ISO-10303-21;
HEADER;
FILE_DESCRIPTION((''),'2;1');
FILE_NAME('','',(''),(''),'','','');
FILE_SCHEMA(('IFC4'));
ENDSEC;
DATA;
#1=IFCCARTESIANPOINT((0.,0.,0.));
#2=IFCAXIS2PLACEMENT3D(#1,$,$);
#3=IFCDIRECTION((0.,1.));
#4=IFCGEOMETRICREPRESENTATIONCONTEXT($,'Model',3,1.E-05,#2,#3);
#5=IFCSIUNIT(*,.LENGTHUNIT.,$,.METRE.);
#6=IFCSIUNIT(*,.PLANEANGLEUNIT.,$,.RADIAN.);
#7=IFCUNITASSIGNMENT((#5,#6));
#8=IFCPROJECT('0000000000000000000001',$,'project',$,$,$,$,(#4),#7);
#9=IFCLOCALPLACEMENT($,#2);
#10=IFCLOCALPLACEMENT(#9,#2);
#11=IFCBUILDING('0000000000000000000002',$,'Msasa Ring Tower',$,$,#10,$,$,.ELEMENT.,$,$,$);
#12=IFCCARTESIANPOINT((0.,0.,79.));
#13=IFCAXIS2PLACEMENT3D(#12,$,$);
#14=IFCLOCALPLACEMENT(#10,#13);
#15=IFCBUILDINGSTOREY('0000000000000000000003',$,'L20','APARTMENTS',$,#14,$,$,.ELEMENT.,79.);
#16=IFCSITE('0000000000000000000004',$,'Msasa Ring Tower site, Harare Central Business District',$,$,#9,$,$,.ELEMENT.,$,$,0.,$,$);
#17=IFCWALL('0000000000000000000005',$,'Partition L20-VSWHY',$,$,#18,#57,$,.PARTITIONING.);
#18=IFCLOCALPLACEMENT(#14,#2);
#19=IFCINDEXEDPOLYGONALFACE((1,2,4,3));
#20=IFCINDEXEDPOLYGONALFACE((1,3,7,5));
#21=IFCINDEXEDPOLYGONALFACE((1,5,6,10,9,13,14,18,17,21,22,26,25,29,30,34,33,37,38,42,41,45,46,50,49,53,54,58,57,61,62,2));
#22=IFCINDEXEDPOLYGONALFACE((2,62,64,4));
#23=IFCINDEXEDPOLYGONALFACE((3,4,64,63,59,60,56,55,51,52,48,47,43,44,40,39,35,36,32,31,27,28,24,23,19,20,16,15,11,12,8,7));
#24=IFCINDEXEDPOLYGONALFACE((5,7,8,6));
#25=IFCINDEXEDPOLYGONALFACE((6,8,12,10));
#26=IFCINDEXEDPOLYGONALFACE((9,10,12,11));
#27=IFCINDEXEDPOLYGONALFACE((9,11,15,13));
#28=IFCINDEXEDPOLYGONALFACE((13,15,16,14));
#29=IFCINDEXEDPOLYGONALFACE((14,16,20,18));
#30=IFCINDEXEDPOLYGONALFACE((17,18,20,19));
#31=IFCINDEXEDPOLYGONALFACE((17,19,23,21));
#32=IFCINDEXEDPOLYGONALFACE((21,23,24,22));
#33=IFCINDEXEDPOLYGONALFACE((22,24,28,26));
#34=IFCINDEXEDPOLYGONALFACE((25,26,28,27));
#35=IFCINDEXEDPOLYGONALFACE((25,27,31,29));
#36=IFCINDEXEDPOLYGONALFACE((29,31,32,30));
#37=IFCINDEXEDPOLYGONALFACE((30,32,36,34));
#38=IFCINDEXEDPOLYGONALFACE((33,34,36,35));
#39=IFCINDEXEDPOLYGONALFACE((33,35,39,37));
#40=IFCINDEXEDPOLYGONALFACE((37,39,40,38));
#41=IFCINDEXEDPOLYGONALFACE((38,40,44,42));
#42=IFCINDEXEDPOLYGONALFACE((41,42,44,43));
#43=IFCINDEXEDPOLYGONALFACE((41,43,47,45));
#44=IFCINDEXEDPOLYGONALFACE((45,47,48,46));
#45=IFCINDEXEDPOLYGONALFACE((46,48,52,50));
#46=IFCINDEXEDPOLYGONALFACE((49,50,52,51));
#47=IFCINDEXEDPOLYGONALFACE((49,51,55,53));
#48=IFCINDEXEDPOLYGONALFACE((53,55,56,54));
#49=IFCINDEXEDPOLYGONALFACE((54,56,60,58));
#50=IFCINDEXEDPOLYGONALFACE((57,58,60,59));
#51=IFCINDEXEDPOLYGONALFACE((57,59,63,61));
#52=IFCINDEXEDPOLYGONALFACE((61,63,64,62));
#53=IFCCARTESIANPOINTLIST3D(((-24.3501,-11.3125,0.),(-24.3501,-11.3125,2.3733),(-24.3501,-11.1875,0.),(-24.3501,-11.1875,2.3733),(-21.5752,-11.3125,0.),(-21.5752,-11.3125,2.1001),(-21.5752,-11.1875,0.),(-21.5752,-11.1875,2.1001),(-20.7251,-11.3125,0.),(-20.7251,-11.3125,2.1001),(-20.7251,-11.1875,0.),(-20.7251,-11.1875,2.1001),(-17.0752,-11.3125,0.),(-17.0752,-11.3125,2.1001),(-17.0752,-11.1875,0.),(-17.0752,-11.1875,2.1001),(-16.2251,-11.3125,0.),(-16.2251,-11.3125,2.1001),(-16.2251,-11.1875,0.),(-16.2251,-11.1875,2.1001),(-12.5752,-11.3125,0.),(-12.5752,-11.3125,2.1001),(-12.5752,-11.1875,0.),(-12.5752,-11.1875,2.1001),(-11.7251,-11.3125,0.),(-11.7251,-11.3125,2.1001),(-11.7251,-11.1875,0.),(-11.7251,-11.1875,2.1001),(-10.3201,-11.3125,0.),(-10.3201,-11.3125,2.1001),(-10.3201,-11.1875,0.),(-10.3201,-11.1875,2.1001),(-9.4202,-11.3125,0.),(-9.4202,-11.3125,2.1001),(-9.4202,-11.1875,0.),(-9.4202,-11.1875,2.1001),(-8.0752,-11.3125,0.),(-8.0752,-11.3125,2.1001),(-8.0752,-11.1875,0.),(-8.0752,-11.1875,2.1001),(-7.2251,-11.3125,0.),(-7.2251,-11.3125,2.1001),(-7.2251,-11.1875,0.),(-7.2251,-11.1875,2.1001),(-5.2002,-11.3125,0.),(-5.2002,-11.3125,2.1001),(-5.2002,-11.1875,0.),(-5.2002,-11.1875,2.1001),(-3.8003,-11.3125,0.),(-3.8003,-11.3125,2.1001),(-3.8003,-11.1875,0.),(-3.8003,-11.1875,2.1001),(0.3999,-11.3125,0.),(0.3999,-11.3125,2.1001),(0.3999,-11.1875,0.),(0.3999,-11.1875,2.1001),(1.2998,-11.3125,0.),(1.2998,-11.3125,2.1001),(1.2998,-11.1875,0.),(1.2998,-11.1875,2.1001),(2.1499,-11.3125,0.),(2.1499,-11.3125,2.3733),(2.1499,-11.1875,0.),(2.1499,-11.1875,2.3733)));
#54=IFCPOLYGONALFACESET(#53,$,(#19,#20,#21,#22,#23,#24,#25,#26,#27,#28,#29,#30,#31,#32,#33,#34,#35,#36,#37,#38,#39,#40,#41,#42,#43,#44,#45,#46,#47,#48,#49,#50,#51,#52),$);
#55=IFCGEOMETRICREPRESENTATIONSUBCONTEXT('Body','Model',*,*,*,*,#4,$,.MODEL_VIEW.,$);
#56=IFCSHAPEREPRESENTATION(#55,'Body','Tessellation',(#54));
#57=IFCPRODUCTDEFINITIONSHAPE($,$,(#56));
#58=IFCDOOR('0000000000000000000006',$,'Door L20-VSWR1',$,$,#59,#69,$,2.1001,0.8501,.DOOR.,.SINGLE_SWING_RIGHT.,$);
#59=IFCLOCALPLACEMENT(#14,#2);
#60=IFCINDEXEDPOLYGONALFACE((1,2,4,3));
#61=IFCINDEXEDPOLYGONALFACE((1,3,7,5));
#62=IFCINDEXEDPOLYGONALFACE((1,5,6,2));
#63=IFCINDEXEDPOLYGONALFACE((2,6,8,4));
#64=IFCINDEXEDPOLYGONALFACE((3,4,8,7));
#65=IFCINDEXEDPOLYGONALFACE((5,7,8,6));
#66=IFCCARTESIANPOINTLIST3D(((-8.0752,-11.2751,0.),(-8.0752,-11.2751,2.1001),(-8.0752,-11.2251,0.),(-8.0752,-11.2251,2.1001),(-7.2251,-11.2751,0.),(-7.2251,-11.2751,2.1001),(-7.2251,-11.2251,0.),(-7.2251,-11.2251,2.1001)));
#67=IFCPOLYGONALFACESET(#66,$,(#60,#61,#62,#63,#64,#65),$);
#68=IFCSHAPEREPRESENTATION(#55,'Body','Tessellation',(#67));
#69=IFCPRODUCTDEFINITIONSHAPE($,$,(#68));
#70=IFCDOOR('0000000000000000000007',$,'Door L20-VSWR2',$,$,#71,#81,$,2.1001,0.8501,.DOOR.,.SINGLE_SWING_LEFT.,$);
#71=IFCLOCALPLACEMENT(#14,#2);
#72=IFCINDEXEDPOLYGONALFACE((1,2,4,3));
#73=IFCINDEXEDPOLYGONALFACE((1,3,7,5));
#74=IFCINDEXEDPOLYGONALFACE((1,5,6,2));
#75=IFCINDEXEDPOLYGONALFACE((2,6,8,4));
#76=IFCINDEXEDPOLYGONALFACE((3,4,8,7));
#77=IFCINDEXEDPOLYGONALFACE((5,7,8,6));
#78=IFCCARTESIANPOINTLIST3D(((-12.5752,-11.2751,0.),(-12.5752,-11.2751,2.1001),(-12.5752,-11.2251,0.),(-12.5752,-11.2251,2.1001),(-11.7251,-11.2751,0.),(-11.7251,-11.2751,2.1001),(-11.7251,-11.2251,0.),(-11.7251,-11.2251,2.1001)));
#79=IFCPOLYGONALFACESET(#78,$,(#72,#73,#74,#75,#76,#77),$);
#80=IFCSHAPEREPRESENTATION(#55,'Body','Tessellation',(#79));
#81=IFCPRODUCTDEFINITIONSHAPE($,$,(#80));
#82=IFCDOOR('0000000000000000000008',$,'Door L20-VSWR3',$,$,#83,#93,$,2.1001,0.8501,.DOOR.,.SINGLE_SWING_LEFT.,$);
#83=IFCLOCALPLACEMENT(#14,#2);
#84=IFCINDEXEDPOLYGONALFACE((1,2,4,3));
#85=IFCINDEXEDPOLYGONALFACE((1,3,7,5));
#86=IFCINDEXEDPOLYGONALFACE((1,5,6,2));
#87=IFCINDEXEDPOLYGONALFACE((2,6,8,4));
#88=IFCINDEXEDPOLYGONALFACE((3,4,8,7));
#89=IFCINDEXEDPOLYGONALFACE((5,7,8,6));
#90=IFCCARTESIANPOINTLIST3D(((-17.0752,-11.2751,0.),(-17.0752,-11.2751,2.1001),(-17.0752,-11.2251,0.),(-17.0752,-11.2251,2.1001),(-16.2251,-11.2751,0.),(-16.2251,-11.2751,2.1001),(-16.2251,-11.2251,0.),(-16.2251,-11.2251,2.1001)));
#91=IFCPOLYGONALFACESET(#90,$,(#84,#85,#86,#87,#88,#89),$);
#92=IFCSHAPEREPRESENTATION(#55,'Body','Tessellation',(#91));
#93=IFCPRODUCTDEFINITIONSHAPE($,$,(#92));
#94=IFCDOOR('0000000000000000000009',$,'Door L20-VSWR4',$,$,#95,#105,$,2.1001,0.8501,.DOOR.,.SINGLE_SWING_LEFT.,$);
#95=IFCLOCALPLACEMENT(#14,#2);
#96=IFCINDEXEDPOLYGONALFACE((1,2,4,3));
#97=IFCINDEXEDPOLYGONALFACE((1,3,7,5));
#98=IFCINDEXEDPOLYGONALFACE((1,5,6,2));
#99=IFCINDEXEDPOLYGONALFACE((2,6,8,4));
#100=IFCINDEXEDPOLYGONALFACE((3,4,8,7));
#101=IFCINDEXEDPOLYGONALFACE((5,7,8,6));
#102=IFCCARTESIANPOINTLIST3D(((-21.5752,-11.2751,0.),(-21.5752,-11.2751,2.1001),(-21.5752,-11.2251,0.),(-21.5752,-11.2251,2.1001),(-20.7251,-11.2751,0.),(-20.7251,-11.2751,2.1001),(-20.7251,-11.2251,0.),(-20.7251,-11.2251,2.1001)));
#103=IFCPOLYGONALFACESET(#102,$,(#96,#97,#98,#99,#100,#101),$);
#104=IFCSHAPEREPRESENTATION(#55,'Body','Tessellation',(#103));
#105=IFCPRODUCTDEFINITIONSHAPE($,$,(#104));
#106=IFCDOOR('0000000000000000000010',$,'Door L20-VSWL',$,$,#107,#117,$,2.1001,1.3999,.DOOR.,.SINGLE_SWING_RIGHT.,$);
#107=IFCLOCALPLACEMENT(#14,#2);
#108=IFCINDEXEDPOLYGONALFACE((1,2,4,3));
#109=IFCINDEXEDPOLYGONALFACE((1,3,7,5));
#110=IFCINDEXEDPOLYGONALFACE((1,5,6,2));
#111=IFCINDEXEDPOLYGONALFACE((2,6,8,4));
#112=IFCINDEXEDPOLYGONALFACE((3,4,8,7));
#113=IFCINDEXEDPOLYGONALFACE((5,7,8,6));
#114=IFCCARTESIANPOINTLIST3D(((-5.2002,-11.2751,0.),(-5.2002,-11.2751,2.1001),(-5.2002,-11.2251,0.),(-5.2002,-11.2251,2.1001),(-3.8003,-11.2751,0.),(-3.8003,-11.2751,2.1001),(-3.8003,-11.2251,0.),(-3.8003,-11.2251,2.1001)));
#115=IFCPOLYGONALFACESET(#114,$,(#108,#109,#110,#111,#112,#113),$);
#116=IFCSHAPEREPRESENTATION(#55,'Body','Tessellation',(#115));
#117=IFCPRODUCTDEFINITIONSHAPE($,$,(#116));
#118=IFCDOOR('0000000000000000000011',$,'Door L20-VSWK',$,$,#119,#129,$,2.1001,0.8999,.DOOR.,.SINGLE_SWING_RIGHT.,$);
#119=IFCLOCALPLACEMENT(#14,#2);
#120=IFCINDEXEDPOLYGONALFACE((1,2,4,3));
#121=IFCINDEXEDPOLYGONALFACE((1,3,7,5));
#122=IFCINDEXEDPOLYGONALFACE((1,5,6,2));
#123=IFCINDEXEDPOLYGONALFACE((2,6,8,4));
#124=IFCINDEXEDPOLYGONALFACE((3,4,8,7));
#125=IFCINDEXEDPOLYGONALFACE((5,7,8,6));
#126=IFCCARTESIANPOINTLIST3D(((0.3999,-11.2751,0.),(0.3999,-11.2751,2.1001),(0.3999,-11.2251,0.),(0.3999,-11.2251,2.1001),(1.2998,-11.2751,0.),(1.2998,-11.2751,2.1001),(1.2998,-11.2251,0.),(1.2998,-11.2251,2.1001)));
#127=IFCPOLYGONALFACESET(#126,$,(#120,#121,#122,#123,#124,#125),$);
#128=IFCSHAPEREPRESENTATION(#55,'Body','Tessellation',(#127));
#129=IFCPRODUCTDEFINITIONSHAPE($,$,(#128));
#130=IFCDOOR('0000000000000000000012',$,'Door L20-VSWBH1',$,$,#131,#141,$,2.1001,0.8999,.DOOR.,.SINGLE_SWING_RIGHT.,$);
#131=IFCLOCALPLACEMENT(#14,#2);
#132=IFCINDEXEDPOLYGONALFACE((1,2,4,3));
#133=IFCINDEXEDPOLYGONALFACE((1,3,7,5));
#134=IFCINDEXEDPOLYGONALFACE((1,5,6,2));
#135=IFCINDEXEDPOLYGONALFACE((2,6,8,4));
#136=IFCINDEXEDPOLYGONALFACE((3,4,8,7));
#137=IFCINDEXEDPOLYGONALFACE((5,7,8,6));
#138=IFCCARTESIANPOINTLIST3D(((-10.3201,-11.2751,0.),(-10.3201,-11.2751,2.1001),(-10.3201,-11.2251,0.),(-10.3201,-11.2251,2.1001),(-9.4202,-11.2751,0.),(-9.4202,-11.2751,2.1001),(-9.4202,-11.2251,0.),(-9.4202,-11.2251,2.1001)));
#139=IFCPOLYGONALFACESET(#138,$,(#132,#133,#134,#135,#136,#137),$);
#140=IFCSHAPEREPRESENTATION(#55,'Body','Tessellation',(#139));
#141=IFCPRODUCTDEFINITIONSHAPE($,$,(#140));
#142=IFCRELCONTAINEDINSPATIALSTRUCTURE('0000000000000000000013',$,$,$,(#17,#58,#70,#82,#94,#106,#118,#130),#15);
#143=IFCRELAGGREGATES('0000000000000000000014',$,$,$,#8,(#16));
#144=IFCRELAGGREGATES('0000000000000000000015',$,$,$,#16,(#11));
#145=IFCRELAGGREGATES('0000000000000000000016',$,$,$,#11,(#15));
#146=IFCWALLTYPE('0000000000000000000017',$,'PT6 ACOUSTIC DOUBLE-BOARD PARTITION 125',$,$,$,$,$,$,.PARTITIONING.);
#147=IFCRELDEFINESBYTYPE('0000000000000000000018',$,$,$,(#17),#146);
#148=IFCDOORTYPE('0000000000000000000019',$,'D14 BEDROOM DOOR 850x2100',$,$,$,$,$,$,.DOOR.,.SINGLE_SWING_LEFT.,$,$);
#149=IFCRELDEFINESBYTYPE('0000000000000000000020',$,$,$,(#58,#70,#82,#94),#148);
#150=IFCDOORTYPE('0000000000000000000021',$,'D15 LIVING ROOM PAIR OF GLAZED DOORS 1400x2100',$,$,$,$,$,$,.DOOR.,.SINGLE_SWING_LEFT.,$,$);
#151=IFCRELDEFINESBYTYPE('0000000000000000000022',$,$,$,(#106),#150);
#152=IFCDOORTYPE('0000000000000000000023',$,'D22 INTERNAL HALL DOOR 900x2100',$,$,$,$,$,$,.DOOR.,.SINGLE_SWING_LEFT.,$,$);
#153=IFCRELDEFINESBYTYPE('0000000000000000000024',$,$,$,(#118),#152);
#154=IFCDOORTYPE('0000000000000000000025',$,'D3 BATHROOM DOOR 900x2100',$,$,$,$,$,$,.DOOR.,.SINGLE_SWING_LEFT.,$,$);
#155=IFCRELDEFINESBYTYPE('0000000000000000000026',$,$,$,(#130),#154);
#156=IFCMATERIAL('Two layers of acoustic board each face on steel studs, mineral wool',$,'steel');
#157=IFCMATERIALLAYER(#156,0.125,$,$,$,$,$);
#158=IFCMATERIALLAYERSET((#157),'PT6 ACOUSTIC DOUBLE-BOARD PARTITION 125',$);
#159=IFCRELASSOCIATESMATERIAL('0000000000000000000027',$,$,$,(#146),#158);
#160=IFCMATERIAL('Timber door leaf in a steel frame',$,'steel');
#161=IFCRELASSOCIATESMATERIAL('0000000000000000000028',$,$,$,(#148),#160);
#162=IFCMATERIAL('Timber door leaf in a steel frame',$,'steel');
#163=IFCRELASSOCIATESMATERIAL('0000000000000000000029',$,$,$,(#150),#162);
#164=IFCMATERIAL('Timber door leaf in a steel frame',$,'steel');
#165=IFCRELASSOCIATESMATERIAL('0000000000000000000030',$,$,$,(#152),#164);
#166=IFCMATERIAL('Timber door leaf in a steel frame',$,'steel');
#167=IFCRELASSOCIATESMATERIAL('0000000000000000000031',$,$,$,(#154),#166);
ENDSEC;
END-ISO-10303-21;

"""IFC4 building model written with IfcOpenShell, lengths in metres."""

from ifc_helpers import new_model, si_unit, direction, frame, frame_2d, origin, place, context, subcontext, project, spatial, rectangle, extrude, material, layer, layer_set, type_object, element, fill, save


model = new_model("IFC4")

# Units and contexts
model_context = context("Model", 3, precision=1e-05, world=origin(), true_north=direction((0.0, 1.0)))
body_context = subcontext(model_context, "Body", "Model", "MODEL_VIEW")
ifc_project = project(units=[si_unit("LENGTHUNIT", "METRE"), si_unit("PLANEANGLEUNIT", "RADIAN")], contexts=[model_context])

# Site, building, storey
site_placement = place(None, origin())
site = spatial("IfcSite", under=ifc_project, at=site_placement, Name="Msasa Ring Tower site, Harare Central Business District", CompositionType="ELEMENT", RefElevation=0.0)
building_placement = place(site_placement, origin())
building = spatial("IfcBuilding", under=site, at=building_placement, Name="Msasa Ring Tower", CompositionType="ELEMENT")
storey_placement = place(building_placement, frame((0.0, 0.0, 79.0)))
storey = spatial("IfcBuildingStorey", under=building, at=storey_placement, Name="L20", Description="APARTMENTS", CompositionType="ELEMENT", Elevation=79.0)

# Wall, openings, doors
ifc_material_1 = material(Name="Two layers of acoustic board each face on steel studs, mineral wool", Category="steel")
ifc_layer_1 = layer(ifc_material_1, 0.125)
ifc_layer_set_1 = layer_set([ifc_layer_1], Name="PT6 ACOUSTIC DOUBLE-BOARD PARTITION 125")
wall_type_1 = type_object("IfcWallType", Name="PT6 ACOUSTIC DOUBLE-BOARD PARTITION 125", PredefinedType="PARTITIONING", material=ifc_layer_set_1)
wall_1_placement = place(storey_placement, frame((-24.3501, -11.25, 0.0), z_axis=(0.0, 0.0, 1.0), x_axis=(1.0, 0.0, 0.0)))
wall_1 = element("IfcWall", 1, at=wall_1_placement, inside=storey, type_object=wall_type_1, Name="Partition L20-VSWHY", PredefinedType="PARTITIONING", context=body_context, shape_type="SweptSolid", body=[
    extrude(rectangle(XDim=26.5, YDim=0.125, at=frame_2d((13.25, 0.0))), origin(), (0.0, 0.0, 1.0), 2.3733),
])
opening_1_placement = place(wall_1_placement, frame((24.75, 0.0, 0.0)))
opening_1 = element("IfcOpeningElement", 2, at=opening_1_placement, cuts=wall_1, PredefinedType="OPENING", context=body_context, shape_type="SweptSolid", body=[
    extrude(rectangle(XDim=0.8999, YDim=2.1001, at=frame_2d((0.45, 1.05))), frame((0.0, 0.0725, 0.0), z_axis=(0.0, -1.0, 0.0), x_axis=(1.0, 0.0, 0.0)), (0.0, 0.0, 1.0), 0.145),
])
opening_2_placement = place(wall_1_placement, frame((19.1499, 0.0, 0.0)))
opening_2 = element("IfcOpeningElement", 3, at=opening_2_placement, cuts=wall_1, PredefinedType="OPENING", context=body_context, shape_type="SweptSolid", body=[
    extrude(rectangle(XDim=1.3999, YDim=2.1001, at=frame_2d((0.7, 1.05))), frame((0.0, 0.0725, 0.0), z_axis=(0.0, -1.0, 0.0), x_axis=(1.0, 0.0, 0.0)), (0.0, 0.0, 1.0), 0.145),
])
opening_3_placement = place(wall_1_placement, frame((16.2749, 0.0, 0.0)))
opening_3 = element("IfcOpeningElement", 4, at=opening_3_placement, cuts=wall_1, PredefinedType="OPENING", context=body_context, shape_type="SweptSolid", body=[
    extrude(rectangle(XDim=0.8501, YDim=2.1001, at=frame_2d((0.425, 1.05))), frame((0.0, 0.0725, 0.0), z_axis=(0.0, -1.0, 0.0), x_axis=(1.0, 0.0, 0.0)), (0.0, 0.0, 1.0), 0.145),
])
opening_4_placement = place(wall_1_placement, frame((14.03, 0.0, 0.0)))
opening_4 = element("IfcOpeningElement", 5, at=opening_4_placement, cuts=wall_1, PredefinedType="OPENING", context=body_context, shape_type="SweptSolid", body=[
    extrude(rectangle(XDim=0.8999, YDim=2.1001, at=frame_2d((0.45, 1.05))), frame((0.0, 0.0725, 0.0), z_axis=(0.0, -1.0, 0.0), x_axis=(1.0, 0.0, 0.0)), (0.0, 0.0, 1.0), 0.145),
])
opening_5_placement = place(wall_1_placement, frame((11.7749, 0.0, 0.0)))
opening_5 = element("IfcOpeningElement", 6, at=opening_5_placement, cuts=wall_1, PredefinedType="OPENING", context=body_context, shape_type="SweptSolid", body=[
    extrude(rectangle(XDim=0.8501, YDim=2.1001, at=frame_2d((0.425, 1.05))), frame((0.0, 0.0725, 0.0), z_axis=(0.0, -1.0, 0.0), x_axis=(1.0, 0.0, 0.0)), (0.0, 0.0, 1.0), 0.145),
])
opening_6_placement = place(wall_1_placement, frame((7.2749, 0.0, 0.0)))
opening_6 = element("IfcOpeningElement", 7, at=opening_6_placement, cuts=wall_1, PredefinedType="OPENING", context=body_context, shape_type="SweptSolid", body=[
    extrude(rectangle(XDim=0.8501, YDim=2.1001, at=frame_2d((0.425, 1.05))), frame((0.0, 0.0725, 0.0), z_axis=(0.0, -1.0, 0.0), x_axis=(1.0, 0.0, 0.0)), (0.0, 0.0, 1.0), 0.145),
])
opening_7_placement = place(wall_1_placement, frame((2.7749, 0.0, 0.0)))
opening_7 = element("IfcOpeningElement", 8, at=opening_7_placement, cuts=wall_1, PredefinedType="OPENING", context=body_context, shape_type="SweptSolid", body=[
    extrude(rectangle(XDim=0.8501, YDim=2.1001, at=frame_2d((0.425, 1.05))), frame((0.0, 0.0725, 0.0), z_axis=(0.0, -1.0, 0.0), x_axis=(1.0, 0.0, 0.0)), (0.0, 0.0, 1.0), 0.145),
])
ifc_material_2 = material(Name="Timber door leaf in a steel frame", Category="steel")
door_type_1 = type_object("IfcDoorType", Name="D14 BEDROOM DOOR 850x2100", OperationType="SINGLE_SWING_LEFT", PredefinedType="DOOR", material=ifc_material_2)
door_1_placement = place(opening_3_placement, origin())
door_1 = element("IfcDoor", 9, at=door_1_placement, inside=storey, type_object=door_type_1, Name="Door L20-VSWR1", OperationType="SINGLE_SWING_RIGHT", OverallHeight=2.1001, OverallWidth=0.8501, PredefinedType="DOOR", context=body_context, shape_type="SweptSolid", body=[
    extrude(rectangle(XDim=0.8501, YDim=2.1001, at=frame_2d((0.425, 1.05))), frame((0.0, 0.0249, 0.0), z_axis=(0.0, -1.0, 0.0), x_axis=(1.0, 0.0, 0.0)), (0.0, 0.0, 1.0), 0.05),
])
fill(opening_3, door_1)
door_2_placement = place(opening_5_placement, origin())
door_2 = element("IfcDoor", 10, at=door_2_placement, inside=storey, type_object=door_type_1, Name="Door L20-VSWR2", OperationType="SINGLE_SWING_LEFT", OverallHeight=2.1001, OverallWidth=0.8501, PredefinedType="DOOR", context=body_context, shape_type="SweptSolid", body=[
    extrude(rectangle(XDim=0.8501, YDim=2.1001, at=frame_2d((0.425, 1.05))), frame((0.0, 0.0249, 0.0), z_axis=(0.0, -1.0, 0.0), x_axis=(1.0, 0.0, 0.0)), (0.0, 0.0, 1.0), 0.05),
])
fill(opening_5, door_2)
door_3_placement = place(opening_6_placement, origin())
door_3 = element("IfcDoor", 11, at=door_3_placement, inside=storey, type_object=door_type_1, Name="Door L20-VSWR3", OperationType="SINGLE_SWING_LEFT", OverallHeight=2.1001, OverallWidth=0.8501, PredefinedType="DOOR", context=body_context, shape_type="SweptSolid", body=[
    extrude(rectangle(XDim=0.8501, YDim=2.1001, at=frame_2d((0.425, 1.05))), frame((0.0, 0.0249, 0.0), z_axis=(0.0, -1.0, 0.0), x_axis=(1.0, 0.0, 0.0)), (0.0, 0.0, 1.0), 0.05),
])
fill(opening_6, door_3)
door_4_placement = place(opening_7_placement, origin())
door_4 = element("IfcDoor", 12, at=door_4_placement, inside=storey, type_object=door_type_1, Name="Door L20-VSWR4", OperationType="SINGLE_SWING_LEFT", OverallHeight=2.1001, OverallWidth=0.8501, PredefinedType="DOOR", context=body_context, shape_type="SweptSolid", body=[
    extrude(rectangle(XDim=0.8501, YDim=2.1001, at=frame_2d((0.425, 1.05))), frame((0.0, 0.0249, 0.0), z_axis=(0.0, -1.0, 0.0), x_axis=(1.0, 0.0, 0.0)), (0.0, 0.0, 1.0), 0.05),
])
fill(opening_7, door_4)
ifc_material_3 = material(Name="Timber door leaf in a steel frame", Category="steel")
door_type_2 = type_object("IfcDoorType", Name="D15 LIVING ROOM PAIR OF GLAZED DOORS 1400x2100", OperationType="SINGLE_SWING_LEFT", PredefinedType="DOOR", material=ifc_material_3)
door_5_placement = place(opening_2_placement, origin())
door_5 = element("IfcDoor", 13, at=door_5_placement, inside=storey, type_object=door_type_2, Name="Door L20-VSWL", OperationType="SINGLE_SWING_RIGHT", OverallHeight=2.1001, OverallWidth=1.3999, PredefinedType="DOOR", context=body_context, shape_type="SweptSolid", body=[
    extrude(rectangle(XDim=1.3999, YDim=2.1001, at=frame_2d((0.7, 1.05))), frame((0.0, 0.0249, 0.0), z_axis=(0.0, -1.0, 0.0), x_axis=(1.0, 0.0, 0.0)), (0.0, 0.0, 1.0), 0.05),
])
fill(opening_2, door_5)
ifc_material_4 = material(Name="Timber door leaf in a steel frame", Category="steel")
door_type_3 = type_object("IfcDoorType", Name="D22 INTERNAL HALL DOOR 900x2100", OperationType="SINGLE_SWING_LEFT", PredefinedType="DOOR", material=ifc_material_4)
door_6_placement = place(opening_1_placement, origin())
door_6 = element("IfcDoor", 14, at=door_6_placement, inside=storey, type_object=door_type_3, Name="Door L20-VSWK", OperationType="SINGLE_SWING_RIGHT", OverallHeight=2.1001, OverallWidth=0.8999, PredefinedType="DOOR", context=body_context, shape_type="SweptSolid", body=[
    extrude(rectangle(XDim=0.8999, YDim=2.1001, at=frame_2d((0.45, 1.05))), frame((0.0, 0.0249, 0.0), z_axis=(0.0, -1.0, 0.0), x_axis=(1.0, 0.0, 0.0)), (0.0, 0.0, 1.0), 0.05),
])
fill(opening_1, door_6)
ifc_material_5 = material(Name="Timber door leaf in a steel frame", Category="steel")
door_type_4 = type_object("IfcDoorType", Name="D3 BATHROOM DOOR 900x2100", OperationType="SINGLE_SWING_LEFT", PredefinedType="DOOR", material=ifc_material_5)
door_7_placement = place(opening_4_placement, origin())
door_7 = element("IfcDoor", 15, at=door_7_placement, inside=storey, type_object=door_type_4, Name="Door L20-VSWBH1", OperationType="SINGLE_SWING_RIGHT", OverallHeight=2.1001, OverallWidth=0.8999, PredefinedType="DOOR", context=body_context, shape_type="SweptSolid", body=[
    extrude(rectangle(XDim=0.8999, YDim=2.1001, at=frame_2d((0.45, 1.05))), frame((0.0, 0.0249, 0.0), z_axis=(0.0, -1.0, 0.0), x_axis=(1.0, 0.0, 0.0)), (0.0, 0.0, 1.0), 0.05),
])
fill(opening_4, door_7)

save(model, "model.ifc")
